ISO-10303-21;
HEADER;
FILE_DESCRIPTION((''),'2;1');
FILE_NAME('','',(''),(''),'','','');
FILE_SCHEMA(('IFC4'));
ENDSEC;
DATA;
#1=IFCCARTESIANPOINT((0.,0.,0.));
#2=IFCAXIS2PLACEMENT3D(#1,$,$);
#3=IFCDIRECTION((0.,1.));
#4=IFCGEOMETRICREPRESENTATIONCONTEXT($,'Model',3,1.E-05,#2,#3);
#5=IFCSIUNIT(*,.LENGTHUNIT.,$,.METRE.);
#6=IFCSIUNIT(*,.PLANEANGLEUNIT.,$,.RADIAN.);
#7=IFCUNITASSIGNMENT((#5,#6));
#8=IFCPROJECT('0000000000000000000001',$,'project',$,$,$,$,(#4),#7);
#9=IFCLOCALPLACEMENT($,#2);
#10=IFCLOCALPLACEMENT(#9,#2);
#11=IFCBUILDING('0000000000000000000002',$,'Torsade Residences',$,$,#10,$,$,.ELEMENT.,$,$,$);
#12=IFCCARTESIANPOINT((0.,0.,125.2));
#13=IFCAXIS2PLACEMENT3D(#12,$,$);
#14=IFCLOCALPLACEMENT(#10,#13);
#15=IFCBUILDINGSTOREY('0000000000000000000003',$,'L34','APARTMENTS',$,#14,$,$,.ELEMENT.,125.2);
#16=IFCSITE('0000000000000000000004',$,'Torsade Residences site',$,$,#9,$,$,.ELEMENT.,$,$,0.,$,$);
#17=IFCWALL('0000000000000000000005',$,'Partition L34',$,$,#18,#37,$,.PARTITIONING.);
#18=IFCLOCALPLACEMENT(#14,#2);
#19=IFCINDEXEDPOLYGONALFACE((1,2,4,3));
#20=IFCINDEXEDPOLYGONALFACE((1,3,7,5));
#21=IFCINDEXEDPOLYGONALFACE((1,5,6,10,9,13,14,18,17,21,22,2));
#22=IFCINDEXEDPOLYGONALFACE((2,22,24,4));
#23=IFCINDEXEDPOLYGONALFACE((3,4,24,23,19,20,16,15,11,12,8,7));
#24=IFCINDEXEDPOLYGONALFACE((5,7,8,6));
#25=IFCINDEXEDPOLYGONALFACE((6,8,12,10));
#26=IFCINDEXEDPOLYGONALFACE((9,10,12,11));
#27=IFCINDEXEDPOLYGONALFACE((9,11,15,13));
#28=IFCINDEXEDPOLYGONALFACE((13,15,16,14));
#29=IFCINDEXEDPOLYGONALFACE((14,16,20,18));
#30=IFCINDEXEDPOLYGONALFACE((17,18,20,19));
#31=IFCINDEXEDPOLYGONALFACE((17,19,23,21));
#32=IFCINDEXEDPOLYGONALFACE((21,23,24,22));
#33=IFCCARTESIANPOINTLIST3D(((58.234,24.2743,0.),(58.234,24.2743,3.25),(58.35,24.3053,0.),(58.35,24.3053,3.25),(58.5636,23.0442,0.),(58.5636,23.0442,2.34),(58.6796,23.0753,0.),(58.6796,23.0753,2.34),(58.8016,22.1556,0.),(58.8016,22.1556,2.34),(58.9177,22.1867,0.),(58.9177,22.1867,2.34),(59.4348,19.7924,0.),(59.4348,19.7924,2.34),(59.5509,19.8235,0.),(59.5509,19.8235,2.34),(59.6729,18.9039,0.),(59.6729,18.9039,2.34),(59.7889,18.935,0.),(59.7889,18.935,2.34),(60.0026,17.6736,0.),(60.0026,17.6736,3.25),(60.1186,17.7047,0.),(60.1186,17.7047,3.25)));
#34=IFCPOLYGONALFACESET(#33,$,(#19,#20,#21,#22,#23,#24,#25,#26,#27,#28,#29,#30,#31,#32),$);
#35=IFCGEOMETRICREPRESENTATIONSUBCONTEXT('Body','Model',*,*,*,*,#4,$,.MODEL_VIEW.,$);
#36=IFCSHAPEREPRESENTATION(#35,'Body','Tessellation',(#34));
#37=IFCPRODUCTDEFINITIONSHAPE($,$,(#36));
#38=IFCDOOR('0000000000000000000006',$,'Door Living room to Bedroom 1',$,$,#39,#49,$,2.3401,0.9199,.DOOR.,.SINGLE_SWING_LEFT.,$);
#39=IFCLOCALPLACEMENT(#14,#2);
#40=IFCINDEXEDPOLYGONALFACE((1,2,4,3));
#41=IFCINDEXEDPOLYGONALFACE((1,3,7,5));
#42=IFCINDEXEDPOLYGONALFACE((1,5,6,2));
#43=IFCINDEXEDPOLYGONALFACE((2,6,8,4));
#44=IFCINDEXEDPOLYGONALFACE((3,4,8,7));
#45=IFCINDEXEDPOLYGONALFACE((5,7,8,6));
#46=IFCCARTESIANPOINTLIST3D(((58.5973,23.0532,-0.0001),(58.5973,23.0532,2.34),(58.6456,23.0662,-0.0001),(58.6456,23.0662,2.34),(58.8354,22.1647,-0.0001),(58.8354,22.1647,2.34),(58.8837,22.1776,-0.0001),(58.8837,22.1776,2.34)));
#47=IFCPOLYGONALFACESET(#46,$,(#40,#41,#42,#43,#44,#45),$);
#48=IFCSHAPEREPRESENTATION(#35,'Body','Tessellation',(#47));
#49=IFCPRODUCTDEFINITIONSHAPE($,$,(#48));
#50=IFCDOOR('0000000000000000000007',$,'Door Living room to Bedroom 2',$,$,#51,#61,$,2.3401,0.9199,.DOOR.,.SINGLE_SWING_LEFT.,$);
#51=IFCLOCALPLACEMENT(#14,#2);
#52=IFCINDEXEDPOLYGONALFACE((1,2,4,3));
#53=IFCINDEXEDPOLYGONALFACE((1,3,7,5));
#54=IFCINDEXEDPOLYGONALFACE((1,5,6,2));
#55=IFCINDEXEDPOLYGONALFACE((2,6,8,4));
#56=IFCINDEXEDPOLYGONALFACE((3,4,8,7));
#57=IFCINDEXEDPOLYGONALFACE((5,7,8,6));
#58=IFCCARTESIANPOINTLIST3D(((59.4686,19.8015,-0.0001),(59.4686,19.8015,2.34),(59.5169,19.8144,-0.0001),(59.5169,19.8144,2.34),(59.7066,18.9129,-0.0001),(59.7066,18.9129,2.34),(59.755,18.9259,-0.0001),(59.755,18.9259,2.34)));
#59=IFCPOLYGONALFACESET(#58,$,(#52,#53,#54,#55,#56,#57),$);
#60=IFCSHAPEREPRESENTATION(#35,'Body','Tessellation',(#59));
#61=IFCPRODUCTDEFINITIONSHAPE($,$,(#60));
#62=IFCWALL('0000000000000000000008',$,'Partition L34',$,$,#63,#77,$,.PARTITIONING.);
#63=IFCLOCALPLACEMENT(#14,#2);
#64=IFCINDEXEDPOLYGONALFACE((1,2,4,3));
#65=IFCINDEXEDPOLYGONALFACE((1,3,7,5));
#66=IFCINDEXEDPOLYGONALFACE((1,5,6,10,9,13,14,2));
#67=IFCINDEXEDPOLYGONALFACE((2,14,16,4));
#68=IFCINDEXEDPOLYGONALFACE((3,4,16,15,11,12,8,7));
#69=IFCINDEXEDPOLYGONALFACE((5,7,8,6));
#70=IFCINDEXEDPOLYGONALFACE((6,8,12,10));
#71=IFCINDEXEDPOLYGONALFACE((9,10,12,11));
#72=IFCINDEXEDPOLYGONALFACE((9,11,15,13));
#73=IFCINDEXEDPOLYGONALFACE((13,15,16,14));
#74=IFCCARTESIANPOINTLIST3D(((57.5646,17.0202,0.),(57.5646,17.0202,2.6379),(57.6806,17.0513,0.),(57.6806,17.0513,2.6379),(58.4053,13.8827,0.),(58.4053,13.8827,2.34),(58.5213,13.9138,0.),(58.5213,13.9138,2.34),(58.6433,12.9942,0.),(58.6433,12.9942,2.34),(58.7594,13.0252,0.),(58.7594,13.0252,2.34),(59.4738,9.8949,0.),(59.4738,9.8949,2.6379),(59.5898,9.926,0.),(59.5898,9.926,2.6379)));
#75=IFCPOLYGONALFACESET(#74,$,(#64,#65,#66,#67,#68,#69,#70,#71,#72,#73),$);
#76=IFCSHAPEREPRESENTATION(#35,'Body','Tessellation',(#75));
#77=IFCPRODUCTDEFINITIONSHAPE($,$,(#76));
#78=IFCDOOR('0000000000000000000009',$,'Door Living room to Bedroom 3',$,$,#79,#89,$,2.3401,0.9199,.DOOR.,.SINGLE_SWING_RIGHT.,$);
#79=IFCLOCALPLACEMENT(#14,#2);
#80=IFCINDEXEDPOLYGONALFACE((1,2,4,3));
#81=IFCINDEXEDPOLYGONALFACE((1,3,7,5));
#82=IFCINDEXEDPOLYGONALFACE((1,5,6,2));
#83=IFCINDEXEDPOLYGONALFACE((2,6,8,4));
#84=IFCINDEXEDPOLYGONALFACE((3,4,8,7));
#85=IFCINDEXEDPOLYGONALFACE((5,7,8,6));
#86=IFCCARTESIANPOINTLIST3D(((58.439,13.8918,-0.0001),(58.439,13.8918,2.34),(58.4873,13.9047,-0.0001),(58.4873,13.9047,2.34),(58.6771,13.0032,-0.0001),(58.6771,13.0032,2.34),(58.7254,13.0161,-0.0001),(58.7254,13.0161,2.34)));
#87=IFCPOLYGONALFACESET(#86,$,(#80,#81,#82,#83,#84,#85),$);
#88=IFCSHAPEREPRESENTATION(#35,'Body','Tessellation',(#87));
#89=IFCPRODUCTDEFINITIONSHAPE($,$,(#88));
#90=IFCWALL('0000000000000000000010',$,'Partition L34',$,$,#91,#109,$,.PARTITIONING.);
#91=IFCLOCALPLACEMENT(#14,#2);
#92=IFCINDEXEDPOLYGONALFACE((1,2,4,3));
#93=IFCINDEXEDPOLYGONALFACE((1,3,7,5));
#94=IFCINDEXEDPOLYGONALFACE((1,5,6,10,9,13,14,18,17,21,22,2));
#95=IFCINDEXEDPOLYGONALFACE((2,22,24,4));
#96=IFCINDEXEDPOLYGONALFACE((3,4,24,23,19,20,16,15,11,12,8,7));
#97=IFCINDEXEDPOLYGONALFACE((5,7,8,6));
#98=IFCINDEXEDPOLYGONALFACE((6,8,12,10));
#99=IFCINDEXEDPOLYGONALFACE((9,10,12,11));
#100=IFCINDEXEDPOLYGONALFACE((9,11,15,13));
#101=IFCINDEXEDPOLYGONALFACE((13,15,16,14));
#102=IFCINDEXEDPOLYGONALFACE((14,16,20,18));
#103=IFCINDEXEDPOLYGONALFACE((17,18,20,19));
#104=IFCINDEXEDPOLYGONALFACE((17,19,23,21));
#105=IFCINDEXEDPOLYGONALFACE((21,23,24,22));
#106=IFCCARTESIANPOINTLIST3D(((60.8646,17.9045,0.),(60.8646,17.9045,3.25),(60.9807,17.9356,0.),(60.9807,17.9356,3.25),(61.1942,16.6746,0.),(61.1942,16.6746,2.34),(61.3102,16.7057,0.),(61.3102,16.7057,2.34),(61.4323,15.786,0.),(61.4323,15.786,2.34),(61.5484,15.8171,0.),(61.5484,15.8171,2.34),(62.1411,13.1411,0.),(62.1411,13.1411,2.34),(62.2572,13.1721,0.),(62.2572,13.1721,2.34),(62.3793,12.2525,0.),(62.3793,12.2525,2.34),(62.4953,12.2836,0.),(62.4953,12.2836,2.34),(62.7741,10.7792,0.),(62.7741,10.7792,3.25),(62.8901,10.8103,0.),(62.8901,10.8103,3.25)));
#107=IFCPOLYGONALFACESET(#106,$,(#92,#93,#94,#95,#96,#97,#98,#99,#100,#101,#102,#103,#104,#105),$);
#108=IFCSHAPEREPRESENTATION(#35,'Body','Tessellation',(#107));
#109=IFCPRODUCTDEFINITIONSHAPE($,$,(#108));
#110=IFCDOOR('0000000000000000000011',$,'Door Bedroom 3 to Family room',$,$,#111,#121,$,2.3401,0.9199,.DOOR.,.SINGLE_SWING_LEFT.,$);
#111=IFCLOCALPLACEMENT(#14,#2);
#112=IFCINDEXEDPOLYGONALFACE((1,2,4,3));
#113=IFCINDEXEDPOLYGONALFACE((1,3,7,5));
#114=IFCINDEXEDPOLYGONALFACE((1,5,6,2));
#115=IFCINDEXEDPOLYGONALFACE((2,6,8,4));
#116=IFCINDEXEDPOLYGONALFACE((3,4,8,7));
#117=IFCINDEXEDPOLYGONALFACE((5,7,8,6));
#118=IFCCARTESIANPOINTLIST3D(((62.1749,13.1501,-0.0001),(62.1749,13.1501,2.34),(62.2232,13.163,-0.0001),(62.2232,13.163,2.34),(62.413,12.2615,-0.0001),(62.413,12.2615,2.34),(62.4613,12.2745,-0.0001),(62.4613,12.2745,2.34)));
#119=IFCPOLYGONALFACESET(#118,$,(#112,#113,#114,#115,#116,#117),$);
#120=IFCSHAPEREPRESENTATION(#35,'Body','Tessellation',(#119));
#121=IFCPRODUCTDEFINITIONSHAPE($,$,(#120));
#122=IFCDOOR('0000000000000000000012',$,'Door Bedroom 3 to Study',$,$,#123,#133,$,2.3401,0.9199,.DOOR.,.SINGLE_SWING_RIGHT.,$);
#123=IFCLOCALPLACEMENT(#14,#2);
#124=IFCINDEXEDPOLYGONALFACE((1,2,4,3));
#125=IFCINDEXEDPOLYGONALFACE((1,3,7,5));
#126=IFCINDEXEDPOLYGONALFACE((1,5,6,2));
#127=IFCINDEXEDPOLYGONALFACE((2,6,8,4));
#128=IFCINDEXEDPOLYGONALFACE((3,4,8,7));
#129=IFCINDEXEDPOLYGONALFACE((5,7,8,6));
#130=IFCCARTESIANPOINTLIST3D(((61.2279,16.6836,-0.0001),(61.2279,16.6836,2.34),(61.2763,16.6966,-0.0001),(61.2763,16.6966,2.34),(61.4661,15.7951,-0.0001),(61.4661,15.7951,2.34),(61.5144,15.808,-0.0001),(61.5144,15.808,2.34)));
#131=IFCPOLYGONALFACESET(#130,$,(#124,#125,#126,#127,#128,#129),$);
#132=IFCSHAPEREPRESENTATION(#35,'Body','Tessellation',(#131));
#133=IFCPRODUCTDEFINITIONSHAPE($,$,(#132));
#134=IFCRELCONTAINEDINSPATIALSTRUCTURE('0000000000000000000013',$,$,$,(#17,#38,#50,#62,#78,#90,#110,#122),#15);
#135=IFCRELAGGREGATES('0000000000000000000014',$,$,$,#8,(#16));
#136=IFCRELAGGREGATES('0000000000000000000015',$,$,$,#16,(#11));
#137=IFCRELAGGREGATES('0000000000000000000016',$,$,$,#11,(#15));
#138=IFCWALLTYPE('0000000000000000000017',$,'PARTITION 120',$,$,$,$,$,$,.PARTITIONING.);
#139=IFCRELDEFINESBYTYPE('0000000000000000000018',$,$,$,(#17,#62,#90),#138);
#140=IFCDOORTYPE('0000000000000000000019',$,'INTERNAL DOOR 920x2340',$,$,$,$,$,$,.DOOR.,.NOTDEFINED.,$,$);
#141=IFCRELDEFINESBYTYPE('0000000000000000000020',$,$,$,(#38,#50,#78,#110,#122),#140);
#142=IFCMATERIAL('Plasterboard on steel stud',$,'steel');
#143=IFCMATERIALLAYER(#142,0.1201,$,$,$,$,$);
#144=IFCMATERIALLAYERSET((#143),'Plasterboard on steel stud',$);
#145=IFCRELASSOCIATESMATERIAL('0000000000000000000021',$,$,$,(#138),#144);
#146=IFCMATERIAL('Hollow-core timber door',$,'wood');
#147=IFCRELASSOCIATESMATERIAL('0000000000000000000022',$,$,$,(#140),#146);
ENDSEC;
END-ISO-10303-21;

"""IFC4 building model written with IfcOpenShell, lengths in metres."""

from ifc_helpers import new_model, si_unit, direction, frame, frame_2d, origin, place, context, subcontext, project, spatial, rectangle, extrude, material, layer, layer_set, type_object, element, fill, save


model = new_model("IFC4")

# Units and contexts
model_context = context("Model", 3, precision=1e-05, world=origin(), true_north=direction((0.0, 1.0)))
body_context = subcontext(model_context, "Body", "Model", "MODEL_VIEW")
ifc_project = project(units=[si_unit("LENGTHUNIT", "METRE"), si_unit("PLANEANGLEUNIT", "RADIAN")], contexts=[model_context])

# Site, building, storey
site_placement = place(None, origin())
site = spatial("IfcSite", under=ifc_project, at=site_placement, Name="Torsade Residences site", CompositionType="ELEMENT", RefElevation=0.0)
building_placement = place(site_placement, origin())
building = spatial("IfcBuilding", under=site, at=building_placement, Name="Torsade Residences", CompositionType="ELEMENT")
storey_placement = place(building_placement, frame((0.0, 0.0, 125.2)))
storey = spatial("IfcBuildingStorey", under=building, at=storey_placement, Name="L34", Description="APARTMENTS", CompositionType="ELEMENT", Elevation=125.2)

# Shared definitions
ifc_material_1 = material(Name="Plasterboard on steel stud", Category="steel")
ifc_layer_1 = layer(ifc_material_1, 0.1201)
ifc_layer_set_1 = layer_set([ifc_layer_1], Name="Plasterboard on steel stud")
wall_type_1 = type_object("IfcWallType", Name="PARTITION 120", PredefinedType="PARTITIONING", material=ifc_layer_set_1)

# Wall, openings, doors
wall_1_placement = place(storey_placement, frame((58.292, 24.2898, 0.0), z_axis=(0.0, 0.0, 1.0), x_axis=(0.25881, -0.965928, 0.0)))
wall_1 = element("IfcWall", 1, at=wall_1_placement, inside=storey, type_object=wall_type_1, Name="Partition L34", PredefinedType="PARTITIONING", context=body_context, shape_type="SweptSolid", body=[
    extrude(rectangle(XDim=6.8335, YDim=0.1201, at=frame_2d((3.4167, 0.0))), origin(), (0.0, 0.0, 1.0), 3.25),
])
opening_1_placement = place(wall_1_placement, frame((1.2734, 0.0, 0.0)))
opening_1 = element("IfcOpeningElement", 2, at=opening_1_placement, cuts=wall_1, PredefinedType="OPENING", context=body_context, shape_type="SweptSolid", body=[
    extrude(rectangle(XDim=0.9199, YDim=2.3401, at=frame_2d((0.46, 1.1699))), frame((0.0, 0.0701, 0.0), z_axis=(0.0, -1.0, 0.0), x_axis=(1.0, 0.0, 0.0)), (0.0, 0.0, 1.0), 0.1401),
])
opening_2_placement = place(wall_1_placement, frame((4.6399, 0.0, 0.0)))
opening_2 = element("IfcOpeningElement", 3, at=opening_2_placement, cuts=wall_1, PredefinedType="OPENING", context=body_context, shape_type="SweptSolid", body=[
    extrude(rectangle(XDim=0.9199, YDim=2.3401, at=frame_2d((0.46, 1.1699))), frame((0.0, 0.0701, 0.0), z_axis=(0.0, -1.0, 0.0), x_axis=(1.0, 0.0, 0.0)), (0.0, 0.0, 1.0), 0.1401),
])
ifc_material_2 = material(Name="Hollow-core timber door", Category="wood")
door_type_1 = type_object("IfcDoorType", Name="INTERNAL DOOR 920x2340", OperationType="NOTDEFINED", PredefinedType="DOOR", material=ifc_material_2)
door_1_placement = place(opening_1_placement, origin())
door_1 = element("IfcDoor", 4, at=door_1_placement, inside=storey, type_object=door_type_1, Name="Door Living room to Bedroom 1", OperationType="SINGLE_SWING_LEFT", OverallHeight=2.3401, OverallWidth=0.9199, PredefinedType="DOOR", context=body_context, shape_type="SweptSolid", body=[
    extrude(rectangle(XDim=0.9199, YDim=2.3401, at=frame_2d((0.46, 1.1699))), frame((0.0, 0.0249, 0.0), z_axis=(0.0, -1.0, 0.0), x_axis=(1.0, 0.0, 0.0)), (0.0, 0.0, 1.0), 0.05),
])
fill(opening_1, door_1)
door_2_placement = place(opening_2_placement, origin())
door_2 = element("IfcDoor", 5, at=door_2_placement, inside=storey, type_object=door_type_1, Name="Door Living room to Bedroom 2", OperationType="SINGLE_SWING_LEFT", OverallHeight=2.3401, OverallWidth=0.9199, PredefinedType="DOOR", context=body_context, shape_type="SweptSolid", body=[
    extrude(rectangle(XDim=0.9199, YDim=2.3401, at=frame_2d((0.46, 1.1699))), frame((0.0, 0.0249, 0.0), z_axis=(0.0, -1.0, 0.0), x_axis=(1.0, 0.0, 0.0)), (0.0, 0.0, 1.0), 0.05),
])
fill(opening_2, door_2)

# Wall, opening, door
wall_2_placement = place(storey_placement, frame((57.6226, 17.0359, 0.0), z_axis=(0.0, 0.0, 1.0), x_axis=(0.258816, -0.965927, 0.0)))
wall_2 = element("IfcWall", 6, at=wall_2_placement, inside=storey, type_object=wall_type_1, Name="Partition L34", PredefinedType="PARTITIONING", context=body_context, shape_type="SweptSolid", body=[
    extrude(rectangle(XDim=7.3767, YDim=0.1201, at=frame_2d((3.6885, 0.0))), origin(), (0.0, 0.0, 1.0), 2.6379),
])
opening_3_placement = place(wall_2_placement, frame((3.2483, 0.0, 0.0)))
opening_3 = element("IfcOpeningElement", 7, at=opening_3_placement, cuts=wall_2, PredefinedType="OPENING", context=body_context, shape_type="SweptSolid", body=[
    extrude(rectangle(XDim=0.9199, YDim=2.3401, at=frame_2d((0.46, 1.1699))), frame((0.0, 0.0701, 0.0), z_axis=(0.0, -1.0, 0.0), x_axis=(1.0, 0.0, 0.0)), (0.0, 0.0, 1.0), 0.1401),
])
door_3_placement = place(opening_3_placement, origin())
door_3 = element("IfcDoor", 8, at=door_3_placement, inside=storey, type_object=door_type_1, Name="Door Living room to Bedroom 3", OperationType="SINGLE_SWING_RIGHT", OverallHeight=2.3401, OverallWidth=0.9199, PredefinedType="DOOR", context=body_context, shape_type="SweptSolid", body=[
    extrude(rectangle(XDim=0.9199, YDim=2.3401, at=frame_2d((0.46, 1.1699))), frame((0.0, 0.0249, 0.0), z_axis=(0.0, -1.0, 0.0), x_axis=(1.0, 0.0, 0.0)), (0.0, 0.0, 1.0), 0.05),
])
fill(opening_3, door_3)

# Wall, openings, doors
wall_3_placement = place(storey_placement, frame((60.9226, 17.9202, 0.0), z_axis=(0.0, 0.0, 1.0), x_axis=(0.258847, -0.965918, 0.0)))
wall_3 = element("IfcWall", 9, at=wall_3_placement, inside=storey, type_object=wall_type_1, Name="Partition L34", PredefinedType="PARTITIONING", context=body_context, shape_type="SweptSolid", body=[
    extrude(rectangle(XDim=7.3767, YDim=0.1201, at=frame_2d((3.6885, 0.0))), origin(), (0.0, 0.0, 1.0), 3.25),
])
opening_4_placement = place(wall_3_placement, frame((4.9316, 0.0, 0.0)))
opening_4 = element("IfcOpeningElement", 10, at=opening_4_placement, cuts=wall_3, PredefinedType="OPENING", context=body_context, shape_type="SweptSolid", body=[
    extrude(rectangle(XDim=0.9199, YDim=2.3401, at=frame_2d((0.46, 1.1699))), frame((0.0, 0.0701, 0.0), z_axis=(0.0, -1.0, 0.0), x_axis=(1.0, 0.0, 0.0)), (0.0, 0.0, 1.0), 0.1401),
])
opening_5_placement = place(wall_3_placement, frame((1.2734, 0.0, 0.0)))
opening_5 = element("IfcOpeningElement", 11, at=opening_5_placement, cuts=wall_3, PredefinedType="OPENING", context=body_context, shape_type="SweptSolid", body=[
    extrude(rectangle(XDim=0.9199, YDim=2.3401, at=frame_2d((0.46, 1.1699))), frame((0.0, 0.0701, 0.0), z_axis=(0.0, -1.0, 0.0), x_axis=(1.0, 0.0, 0.0)), (0.0, 0.0, 1.0), 0.1401),
])
door_4_placement = place(opening_4_placement, origin())
door_4 = element("IfcDoor", 12, at=door_4_placement, inside=storey, type_object=door_type_1, Name="Door Bedroom 3 to Family room", OperationType="SINGLE_SWING_LEFT", OverallHeight=2.3401, OverallWidth=0.9199, PredefinedType="DOOR", context=body_context, shape_type="SweptSolid", body=[
    extrude(rectangle(XDim=0.9199, YDim=2.3401, at=frame_2d((0.46, 1.1699))), frame((0.0, 0.0249, 0.0), z_axis=(0.0, -1.0, 0.0), x_axis=(1.0, 0.0, 0.0)), (0.0, 0.0, 1.0), 0.05),
])
fill(opening_4, door_4)
door_5_placement = place(opening_5_placement, origin())
door_5 = element("IfcDoor", 13, at=door_5_placement, inside=storey, type_object=door_type_1, Name="Door Bedroom 3 to Study", OperationType="SINGLE_SWING_RIGHT", OverallHeight=2.3401, OverallWidth=0.9199, PredefinedType="DOOR", context=body_context, shape_type="SweptSolid", body=[
    extrude(rectangle(XDim=0.9199, YDim=2.3401, at=frame_2d((0.46, 1.1699))), frame((0.0, 0.0249, 0.0), z_axis=(0.0, -1.0, 0.0), x_axis=(1.0, 0.0, 0.0)), (0.0, 0.0, 1.0), 0.05),
])
fill(opening_5, door_5)

save(model, "model.ifc")
